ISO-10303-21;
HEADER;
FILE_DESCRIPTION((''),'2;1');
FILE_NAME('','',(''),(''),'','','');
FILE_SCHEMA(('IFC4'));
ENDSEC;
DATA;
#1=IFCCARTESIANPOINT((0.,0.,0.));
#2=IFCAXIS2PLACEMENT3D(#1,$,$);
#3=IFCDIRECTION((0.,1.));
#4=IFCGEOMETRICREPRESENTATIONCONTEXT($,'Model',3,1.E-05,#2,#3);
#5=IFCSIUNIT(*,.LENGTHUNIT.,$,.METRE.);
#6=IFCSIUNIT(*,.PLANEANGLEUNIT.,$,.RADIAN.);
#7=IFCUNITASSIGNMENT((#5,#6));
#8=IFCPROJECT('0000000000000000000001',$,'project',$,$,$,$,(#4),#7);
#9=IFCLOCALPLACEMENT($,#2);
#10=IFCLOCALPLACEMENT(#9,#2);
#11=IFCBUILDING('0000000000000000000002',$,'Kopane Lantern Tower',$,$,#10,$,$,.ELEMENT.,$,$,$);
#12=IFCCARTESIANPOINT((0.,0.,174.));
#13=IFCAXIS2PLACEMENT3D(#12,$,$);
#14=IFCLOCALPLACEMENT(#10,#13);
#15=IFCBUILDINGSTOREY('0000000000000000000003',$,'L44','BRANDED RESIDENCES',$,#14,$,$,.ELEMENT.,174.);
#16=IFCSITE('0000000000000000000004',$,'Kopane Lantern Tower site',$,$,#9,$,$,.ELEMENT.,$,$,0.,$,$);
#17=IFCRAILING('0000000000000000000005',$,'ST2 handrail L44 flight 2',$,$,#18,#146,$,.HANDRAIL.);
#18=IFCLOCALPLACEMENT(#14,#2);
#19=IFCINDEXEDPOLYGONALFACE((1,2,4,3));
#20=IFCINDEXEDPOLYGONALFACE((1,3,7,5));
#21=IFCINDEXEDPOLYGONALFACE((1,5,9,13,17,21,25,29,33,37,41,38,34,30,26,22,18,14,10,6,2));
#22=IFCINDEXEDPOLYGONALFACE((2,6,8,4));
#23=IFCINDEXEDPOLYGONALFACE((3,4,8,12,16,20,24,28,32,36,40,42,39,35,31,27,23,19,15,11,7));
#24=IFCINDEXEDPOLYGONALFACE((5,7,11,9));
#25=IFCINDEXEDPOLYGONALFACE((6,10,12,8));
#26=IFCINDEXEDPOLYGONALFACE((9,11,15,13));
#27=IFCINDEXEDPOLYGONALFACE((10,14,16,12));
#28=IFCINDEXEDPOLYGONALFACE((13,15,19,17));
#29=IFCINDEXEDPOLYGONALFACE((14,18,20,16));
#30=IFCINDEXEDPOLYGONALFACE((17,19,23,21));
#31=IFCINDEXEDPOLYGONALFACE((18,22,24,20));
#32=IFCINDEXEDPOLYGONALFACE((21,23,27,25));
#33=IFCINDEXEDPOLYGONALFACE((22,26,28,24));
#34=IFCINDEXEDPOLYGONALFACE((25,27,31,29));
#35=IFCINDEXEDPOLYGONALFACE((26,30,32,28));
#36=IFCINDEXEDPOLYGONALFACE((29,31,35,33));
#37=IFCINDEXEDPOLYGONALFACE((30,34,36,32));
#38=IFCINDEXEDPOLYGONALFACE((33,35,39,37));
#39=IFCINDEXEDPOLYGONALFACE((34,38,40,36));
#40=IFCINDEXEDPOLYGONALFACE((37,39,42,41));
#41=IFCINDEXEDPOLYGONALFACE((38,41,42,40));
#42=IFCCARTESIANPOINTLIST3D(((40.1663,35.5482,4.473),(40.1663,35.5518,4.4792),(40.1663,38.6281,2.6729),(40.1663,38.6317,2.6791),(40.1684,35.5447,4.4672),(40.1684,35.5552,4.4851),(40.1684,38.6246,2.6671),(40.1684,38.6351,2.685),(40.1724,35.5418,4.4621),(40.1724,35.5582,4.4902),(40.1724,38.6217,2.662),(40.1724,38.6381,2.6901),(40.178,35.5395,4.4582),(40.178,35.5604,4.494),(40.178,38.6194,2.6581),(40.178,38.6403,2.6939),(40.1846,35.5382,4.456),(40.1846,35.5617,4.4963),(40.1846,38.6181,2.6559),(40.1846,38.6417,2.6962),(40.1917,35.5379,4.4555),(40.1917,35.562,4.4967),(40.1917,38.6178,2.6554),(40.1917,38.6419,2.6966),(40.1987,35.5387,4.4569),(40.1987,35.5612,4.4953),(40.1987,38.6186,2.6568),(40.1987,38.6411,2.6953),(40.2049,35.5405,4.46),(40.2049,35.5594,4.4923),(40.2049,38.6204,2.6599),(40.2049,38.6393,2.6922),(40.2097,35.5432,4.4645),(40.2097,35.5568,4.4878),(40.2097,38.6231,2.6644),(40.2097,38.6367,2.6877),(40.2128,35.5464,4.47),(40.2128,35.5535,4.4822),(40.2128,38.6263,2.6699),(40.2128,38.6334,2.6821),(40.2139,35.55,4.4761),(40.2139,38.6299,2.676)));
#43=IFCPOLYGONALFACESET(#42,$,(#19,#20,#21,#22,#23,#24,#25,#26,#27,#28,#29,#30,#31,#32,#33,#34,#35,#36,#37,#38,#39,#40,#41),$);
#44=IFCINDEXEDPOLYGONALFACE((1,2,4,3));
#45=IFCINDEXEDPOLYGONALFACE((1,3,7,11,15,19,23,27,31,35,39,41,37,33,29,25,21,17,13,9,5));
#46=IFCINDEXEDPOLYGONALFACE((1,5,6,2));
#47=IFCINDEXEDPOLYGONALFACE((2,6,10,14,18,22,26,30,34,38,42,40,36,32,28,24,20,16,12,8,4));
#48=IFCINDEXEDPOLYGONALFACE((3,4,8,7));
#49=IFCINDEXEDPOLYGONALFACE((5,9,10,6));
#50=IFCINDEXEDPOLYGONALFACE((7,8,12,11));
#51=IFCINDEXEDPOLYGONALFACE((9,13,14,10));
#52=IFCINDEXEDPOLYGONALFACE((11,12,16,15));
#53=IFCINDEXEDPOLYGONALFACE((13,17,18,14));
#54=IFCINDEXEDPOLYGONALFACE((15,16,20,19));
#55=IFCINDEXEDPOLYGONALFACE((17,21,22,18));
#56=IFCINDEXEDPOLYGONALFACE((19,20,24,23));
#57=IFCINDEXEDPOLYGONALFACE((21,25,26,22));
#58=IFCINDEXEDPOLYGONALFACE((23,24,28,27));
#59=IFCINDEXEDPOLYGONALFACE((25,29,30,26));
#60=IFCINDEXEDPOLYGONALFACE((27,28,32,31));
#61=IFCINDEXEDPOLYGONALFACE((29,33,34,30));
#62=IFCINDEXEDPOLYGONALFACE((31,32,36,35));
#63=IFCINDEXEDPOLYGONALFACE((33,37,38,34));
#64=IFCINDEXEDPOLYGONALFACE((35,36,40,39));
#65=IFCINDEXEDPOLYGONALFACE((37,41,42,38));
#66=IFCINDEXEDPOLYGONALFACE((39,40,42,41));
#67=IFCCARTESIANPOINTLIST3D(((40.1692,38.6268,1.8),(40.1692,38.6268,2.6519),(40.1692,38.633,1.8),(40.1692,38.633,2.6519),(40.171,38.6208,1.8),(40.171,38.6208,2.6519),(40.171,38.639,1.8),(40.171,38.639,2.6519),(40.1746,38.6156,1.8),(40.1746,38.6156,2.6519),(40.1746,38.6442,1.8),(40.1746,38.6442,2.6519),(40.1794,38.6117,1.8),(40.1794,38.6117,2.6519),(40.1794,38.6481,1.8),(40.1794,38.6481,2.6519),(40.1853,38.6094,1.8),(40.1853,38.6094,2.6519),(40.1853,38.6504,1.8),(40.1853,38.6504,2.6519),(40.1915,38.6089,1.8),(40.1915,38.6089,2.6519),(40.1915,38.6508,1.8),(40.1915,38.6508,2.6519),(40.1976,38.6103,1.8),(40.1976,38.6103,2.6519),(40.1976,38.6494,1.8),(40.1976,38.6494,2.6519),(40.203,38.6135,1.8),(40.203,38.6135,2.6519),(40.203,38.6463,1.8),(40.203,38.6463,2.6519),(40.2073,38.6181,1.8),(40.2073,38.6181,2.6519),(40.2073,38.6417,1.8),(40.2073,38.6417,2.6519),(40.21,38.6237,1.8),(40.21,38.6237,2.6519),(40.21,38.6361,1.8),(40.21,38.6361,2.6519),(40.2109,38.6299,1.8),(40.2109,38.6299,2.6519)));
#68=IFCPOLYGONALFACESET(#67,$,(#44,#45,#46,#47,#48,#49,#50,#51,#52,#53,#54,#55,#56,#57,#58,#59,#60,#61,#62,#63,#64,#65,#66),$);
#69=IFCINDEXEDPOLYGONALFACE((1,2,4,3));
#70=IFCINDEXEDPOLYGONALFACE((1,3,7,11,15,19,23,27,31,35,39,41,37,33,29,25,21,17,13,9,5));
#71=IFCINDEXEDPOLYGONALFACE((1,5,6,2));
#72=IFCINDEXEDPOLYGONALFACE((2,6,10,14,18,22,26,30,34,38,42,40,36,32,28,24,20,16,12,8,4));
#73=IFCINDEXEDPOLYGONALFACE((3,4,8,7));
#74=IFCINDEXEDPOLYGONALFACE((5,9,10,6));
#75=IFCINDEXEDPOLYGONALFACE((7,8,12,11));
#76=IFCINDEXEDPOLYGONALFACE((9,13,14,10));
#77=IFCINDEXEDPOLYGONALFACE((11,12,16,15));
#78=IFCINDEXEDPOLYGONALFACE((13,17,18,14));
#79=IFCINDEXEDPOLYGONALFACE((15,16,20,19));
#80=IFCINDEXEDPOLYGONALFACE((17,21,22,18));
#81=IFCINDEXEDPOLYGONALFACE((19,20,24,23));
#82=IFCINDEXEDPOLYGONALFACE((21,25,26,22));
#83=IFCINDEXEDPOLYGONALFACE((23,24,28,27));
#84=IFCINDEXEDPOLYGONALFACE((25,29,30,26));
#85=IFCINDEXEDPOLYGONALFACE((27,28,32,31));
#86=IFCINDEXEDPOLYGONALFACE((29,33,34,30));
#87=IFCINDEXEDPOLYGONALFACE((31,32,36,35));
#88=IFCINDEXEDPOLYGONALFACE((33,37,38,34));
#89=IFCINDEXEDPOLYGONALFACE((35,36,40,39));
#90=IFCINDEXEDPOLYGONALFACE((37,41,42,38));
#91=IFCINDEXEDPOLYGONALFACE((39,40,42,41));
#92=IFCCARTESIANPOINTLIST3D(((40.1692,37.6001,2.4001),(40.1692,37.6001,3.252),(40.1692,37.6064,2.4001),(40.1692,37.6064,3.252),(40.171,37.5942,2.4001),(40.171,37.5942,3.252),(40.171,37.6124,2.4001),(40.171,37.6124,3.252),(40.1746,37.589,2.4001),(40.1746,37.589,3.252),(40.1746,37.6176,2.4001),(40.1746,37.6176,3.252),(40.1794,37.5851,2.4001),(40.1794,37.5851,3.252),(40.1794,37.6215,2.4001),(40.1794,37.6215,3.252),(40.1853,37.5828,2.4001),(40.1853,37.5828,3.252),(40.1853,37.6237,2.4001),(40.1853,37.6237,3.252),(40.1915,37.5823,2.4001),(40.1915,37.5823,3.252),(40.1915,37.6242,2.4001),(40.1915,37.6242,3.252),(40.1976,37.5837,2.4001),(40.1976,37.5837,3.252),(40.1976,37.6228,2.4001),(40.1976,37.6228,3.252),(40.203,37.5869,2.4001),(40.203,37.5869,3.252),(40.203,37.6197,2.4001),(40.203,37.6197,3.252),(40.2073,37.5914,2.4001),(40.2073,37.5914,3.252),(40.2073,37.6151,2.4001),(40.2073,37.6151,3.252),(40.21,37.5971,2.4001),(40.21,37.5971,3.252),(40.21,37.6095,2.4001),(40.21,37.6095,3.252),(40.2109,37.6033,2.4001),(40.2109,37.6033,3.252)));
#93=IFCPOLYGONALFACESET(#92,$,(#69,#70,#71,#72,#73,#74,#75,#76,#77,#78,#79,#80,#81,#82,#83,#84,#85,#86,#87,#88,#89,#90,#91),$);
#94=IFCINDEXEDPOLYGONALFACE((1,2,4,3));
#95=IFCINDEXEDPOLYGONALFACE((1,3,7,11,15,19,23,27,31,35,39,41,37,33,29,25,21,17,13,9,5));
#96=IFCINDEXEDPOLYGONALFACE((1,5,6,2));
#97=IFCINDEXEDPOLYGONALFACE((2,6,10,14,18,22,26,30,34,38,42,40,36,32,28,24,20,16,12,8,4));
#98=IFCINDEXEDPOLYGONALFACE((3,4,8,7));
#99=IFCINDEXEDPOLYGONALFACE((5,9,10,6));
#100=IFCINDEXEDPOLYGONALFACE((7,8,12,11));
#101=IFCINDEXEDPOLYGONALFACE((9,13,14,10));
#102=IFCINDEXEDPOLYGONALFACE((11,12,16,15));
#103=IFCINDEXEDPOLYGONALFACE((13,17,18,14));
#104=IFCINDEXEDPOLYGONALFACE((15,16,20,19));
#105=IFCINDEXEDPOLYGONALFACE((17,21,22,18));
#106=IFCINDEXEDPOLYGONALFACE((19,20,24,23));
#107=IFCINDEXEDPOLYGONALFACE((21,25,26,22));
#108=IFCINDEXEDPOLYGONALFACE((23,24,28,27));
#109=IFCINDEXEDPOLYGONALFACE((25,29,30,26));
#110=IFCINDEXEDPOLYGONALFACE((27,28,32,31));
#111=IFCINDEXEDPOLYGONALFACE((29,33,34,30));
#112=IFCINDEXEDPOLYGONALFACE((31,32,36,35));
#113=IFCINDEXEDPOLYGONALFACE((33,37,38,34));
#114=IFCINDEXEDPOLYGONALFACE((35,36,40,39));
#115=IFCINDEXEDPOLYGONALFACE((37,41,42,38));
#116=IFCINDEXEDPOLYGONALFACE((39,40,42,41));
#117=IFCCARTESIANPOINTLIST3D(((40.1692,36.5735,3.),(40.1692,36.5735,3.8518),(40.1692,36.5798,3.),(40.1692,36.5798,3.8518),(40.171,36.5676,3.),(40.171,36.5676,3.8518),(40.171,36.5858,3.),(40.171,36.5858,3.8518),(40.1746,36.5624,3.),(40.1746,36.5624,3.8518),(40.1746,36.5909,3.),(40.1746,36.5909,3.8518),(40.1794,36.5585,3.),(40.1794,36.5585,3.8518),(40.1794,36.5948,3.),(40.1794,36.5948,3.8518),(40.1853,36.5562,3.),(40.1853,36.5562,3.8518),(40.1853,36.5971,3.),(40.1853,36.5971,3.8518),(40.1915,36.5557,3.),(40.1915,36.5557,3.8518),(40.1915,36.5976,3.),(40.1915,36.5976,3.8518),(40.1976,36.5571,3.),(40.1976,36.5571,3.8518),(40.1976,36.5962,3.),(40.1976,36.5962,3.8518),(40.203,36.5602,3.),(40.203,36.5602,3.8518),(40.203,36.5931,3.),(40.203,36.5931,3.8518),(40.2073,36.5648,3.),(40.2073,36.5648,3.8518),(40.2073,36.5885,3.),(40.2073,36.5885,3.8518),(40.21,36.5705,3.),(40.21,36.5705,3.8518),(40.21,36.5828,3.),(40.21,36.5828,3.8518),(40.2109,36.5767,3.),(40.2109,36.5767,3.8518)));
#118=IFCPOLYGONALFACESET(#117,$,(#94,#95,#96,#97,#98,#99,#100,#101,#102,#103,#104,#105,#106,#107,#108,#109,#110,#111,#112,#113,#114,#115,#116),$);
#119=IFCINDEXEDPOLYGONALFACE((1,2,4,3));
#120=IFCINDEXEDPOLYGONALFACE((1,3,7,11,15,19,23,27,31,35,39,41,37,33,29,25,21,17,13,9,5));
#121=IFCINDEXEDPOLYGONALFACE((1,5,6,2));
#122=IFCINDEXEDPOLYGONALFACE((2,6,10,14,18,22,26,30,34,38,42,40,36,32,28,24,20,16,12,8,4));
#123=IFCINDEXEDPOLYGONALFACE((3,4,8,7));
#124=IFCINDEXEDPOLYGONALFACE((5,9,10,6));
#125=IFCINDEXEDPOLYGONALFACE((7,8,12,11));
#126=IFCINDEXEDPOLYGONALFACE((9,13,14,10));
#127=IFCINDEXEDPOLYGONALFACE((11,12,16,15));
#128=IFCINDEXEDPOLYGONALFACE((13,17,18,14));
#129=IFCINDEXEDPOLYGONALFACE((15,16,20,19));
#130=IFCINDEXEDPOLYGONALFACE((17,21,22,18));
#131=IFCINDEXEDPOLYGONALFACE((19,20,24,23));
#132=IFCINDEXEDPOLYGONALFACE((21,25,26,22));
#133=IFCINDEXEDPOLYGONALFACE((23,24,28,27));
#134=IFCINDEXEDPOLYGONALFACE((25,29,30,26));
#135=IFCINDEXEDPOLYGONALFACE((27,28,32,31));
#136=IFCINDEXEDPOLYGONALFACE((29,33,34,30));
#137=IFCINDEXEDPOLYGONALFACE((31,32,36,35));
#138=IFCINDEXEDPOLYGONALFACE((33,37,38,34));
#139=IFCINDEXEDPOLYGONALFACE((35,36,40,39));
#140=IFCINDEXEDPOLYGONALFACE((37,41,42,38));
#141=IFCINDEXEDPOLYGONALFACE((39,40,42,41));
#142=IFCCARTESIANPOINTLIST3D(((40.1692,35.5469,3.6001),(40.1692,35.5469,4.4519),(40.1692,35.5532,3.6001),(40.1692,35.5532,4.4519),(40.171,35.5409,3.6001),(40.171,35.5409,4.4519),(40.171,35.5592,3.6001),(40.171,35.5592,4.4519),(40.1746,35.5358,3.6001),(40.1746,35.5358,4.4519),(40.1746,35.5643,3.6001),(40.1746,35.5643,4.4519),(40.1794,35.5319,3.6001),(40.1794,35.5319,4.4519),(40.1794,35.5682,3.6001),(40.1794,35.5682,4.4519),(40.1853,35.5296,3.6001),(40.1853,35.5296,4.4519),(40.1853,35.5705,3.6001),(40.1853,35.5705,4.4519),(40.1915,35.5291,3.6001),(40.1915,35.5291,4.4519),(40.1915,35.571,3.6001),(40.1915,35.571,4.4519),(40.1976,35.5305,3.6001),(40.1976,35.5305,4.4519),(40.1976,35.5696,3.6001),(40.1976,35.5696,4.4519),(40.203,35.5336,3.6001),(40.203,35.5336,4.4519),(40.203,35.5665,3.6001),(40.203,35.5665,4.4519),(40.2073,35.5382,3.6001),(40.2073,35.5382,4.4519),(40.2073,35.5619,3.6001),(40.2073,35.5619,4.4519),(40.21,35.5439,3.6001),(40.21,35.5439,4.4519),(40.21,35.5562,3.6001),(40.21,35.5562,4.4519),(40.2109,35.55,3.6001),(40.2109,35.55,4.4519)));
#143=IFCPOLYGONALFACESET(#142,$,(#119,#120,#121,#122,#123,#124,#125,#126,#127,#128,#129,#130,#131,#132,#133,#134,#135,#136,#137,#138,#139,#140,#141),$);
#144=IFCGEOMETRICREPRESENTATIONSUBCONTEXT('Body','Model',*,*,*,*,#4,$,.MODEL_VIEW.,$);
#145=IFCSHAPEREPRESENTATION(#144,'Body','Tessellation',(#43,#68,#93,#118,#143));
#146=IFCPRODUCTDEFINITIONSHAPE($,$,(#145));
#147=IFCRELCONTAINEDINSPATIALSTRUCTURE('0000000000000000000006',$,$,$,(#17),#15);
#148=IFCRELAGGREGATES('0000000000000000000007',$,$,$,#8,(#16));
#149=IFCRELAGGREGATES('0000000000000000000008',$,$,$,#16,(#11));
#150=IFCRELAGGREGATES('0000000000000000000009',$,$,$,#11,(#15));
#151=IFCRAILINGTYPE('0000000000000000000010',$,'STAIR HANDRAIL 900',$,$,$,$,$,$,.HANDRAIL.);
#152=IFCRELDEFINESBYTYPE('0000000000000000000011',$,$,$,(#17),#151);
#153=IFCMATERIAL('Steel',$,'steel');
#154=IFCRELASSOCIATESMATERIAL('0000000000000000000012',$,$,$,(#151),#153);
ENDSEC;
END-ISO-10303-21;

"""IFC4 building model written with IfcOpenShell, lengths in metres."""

from ifc_helpers import new_model, si_unit, direction, frame, origin, origin_2d, place, context, subcontext, project, spatial, circle, extrude, material, type_object, element, save


model = new_model("IFC4")

# Units and contexts
model_context = context("Model", 3, precision=1e-05, world=origin(), true_north=direction((0.0, 1.0)))
body_context = subcontext(model_context, "Body", "Model", "MODEL_VIEW")
ifc_project = project(units=[si_unit("LENGTHUNIT", "METRE"), si_unit("PLANEANGLEUNIT", "RADIAN")], contexts=[model_context])

# Site, building, storey
site_placement = place(None, origin())
site = spatial("IfcSite", under=ifc_project, at=site_placement, Name="Kopane Lantern Tower site", CompositionType="ELEMENT", RefElevation=0.0)
building_placement = place(site_placement, origin())
building = spatial("IfcBuilding", under=site, at=building_placement, Name="Kopane Lantern Tower", CompositionType="ELEMENT")
storey_placement = place(building_placement, frame((0.0, 0.0, 174.0)))
storey = spatial("IfcBuildingStorey", under=building, at=storey_placement, Name="L44", Description="BRANDED RESIDENCES", CompositionType="ELEMENT", Elevation=174.0)

# Railing
ifc_material_1 = material(Name="Steel", Category="steel")
railing_type_1 = type_object("IfcRailingType", Name="STAIR HANDRAIL 900", PredefinedType="HANDRAIL", material=ifc_material_1)
for number, where, name in (
    (1, (40.1899, 38.6299, 1.8), "ST2 handrail L44 flight 2"),
):
    element("IfcRailing", number, at=place(storey_placement, frame(where)), inside=storey, type_object=railing_type_1, Name=name, PredefinedType="HANDRAIL", context=body_context, shape_type="SweptSolid", body=[
        extrude(circle(Radius=0.0239, at=origin_2d()), frame((0.0, 0.0, 0.876), z_axis=(0.0, -0.863354, 0.504598), x_axis=(1.0, 0.0, 0.0)), (0.0, 0.0, 1.0), 3.5674),
        extrude(circle(Radius=0.021, at=origin_2d()), origin(), (0.0, 0.0, 1.0), 0.8518),
        extrude(circle(Radius=0.021, at=origin_2d()), frame((0.0, -1.0266, 0.6001)), (0.0, 0.0, 1.0), 0.8518),
        extrude(circle(Radius=0.021, at=origin_2d()), frame((0.0, -2.0532, 1.2)), (0.0, 0.0, 1.0), 0.8518),
        extrude(circle(Radius=0.021, at=origin_2d()), frame((0.0, -3.0798, 1.8)), (0.0, 0.0, 1.0), 0.8518),
    ])

save(model, "model.ifc")
